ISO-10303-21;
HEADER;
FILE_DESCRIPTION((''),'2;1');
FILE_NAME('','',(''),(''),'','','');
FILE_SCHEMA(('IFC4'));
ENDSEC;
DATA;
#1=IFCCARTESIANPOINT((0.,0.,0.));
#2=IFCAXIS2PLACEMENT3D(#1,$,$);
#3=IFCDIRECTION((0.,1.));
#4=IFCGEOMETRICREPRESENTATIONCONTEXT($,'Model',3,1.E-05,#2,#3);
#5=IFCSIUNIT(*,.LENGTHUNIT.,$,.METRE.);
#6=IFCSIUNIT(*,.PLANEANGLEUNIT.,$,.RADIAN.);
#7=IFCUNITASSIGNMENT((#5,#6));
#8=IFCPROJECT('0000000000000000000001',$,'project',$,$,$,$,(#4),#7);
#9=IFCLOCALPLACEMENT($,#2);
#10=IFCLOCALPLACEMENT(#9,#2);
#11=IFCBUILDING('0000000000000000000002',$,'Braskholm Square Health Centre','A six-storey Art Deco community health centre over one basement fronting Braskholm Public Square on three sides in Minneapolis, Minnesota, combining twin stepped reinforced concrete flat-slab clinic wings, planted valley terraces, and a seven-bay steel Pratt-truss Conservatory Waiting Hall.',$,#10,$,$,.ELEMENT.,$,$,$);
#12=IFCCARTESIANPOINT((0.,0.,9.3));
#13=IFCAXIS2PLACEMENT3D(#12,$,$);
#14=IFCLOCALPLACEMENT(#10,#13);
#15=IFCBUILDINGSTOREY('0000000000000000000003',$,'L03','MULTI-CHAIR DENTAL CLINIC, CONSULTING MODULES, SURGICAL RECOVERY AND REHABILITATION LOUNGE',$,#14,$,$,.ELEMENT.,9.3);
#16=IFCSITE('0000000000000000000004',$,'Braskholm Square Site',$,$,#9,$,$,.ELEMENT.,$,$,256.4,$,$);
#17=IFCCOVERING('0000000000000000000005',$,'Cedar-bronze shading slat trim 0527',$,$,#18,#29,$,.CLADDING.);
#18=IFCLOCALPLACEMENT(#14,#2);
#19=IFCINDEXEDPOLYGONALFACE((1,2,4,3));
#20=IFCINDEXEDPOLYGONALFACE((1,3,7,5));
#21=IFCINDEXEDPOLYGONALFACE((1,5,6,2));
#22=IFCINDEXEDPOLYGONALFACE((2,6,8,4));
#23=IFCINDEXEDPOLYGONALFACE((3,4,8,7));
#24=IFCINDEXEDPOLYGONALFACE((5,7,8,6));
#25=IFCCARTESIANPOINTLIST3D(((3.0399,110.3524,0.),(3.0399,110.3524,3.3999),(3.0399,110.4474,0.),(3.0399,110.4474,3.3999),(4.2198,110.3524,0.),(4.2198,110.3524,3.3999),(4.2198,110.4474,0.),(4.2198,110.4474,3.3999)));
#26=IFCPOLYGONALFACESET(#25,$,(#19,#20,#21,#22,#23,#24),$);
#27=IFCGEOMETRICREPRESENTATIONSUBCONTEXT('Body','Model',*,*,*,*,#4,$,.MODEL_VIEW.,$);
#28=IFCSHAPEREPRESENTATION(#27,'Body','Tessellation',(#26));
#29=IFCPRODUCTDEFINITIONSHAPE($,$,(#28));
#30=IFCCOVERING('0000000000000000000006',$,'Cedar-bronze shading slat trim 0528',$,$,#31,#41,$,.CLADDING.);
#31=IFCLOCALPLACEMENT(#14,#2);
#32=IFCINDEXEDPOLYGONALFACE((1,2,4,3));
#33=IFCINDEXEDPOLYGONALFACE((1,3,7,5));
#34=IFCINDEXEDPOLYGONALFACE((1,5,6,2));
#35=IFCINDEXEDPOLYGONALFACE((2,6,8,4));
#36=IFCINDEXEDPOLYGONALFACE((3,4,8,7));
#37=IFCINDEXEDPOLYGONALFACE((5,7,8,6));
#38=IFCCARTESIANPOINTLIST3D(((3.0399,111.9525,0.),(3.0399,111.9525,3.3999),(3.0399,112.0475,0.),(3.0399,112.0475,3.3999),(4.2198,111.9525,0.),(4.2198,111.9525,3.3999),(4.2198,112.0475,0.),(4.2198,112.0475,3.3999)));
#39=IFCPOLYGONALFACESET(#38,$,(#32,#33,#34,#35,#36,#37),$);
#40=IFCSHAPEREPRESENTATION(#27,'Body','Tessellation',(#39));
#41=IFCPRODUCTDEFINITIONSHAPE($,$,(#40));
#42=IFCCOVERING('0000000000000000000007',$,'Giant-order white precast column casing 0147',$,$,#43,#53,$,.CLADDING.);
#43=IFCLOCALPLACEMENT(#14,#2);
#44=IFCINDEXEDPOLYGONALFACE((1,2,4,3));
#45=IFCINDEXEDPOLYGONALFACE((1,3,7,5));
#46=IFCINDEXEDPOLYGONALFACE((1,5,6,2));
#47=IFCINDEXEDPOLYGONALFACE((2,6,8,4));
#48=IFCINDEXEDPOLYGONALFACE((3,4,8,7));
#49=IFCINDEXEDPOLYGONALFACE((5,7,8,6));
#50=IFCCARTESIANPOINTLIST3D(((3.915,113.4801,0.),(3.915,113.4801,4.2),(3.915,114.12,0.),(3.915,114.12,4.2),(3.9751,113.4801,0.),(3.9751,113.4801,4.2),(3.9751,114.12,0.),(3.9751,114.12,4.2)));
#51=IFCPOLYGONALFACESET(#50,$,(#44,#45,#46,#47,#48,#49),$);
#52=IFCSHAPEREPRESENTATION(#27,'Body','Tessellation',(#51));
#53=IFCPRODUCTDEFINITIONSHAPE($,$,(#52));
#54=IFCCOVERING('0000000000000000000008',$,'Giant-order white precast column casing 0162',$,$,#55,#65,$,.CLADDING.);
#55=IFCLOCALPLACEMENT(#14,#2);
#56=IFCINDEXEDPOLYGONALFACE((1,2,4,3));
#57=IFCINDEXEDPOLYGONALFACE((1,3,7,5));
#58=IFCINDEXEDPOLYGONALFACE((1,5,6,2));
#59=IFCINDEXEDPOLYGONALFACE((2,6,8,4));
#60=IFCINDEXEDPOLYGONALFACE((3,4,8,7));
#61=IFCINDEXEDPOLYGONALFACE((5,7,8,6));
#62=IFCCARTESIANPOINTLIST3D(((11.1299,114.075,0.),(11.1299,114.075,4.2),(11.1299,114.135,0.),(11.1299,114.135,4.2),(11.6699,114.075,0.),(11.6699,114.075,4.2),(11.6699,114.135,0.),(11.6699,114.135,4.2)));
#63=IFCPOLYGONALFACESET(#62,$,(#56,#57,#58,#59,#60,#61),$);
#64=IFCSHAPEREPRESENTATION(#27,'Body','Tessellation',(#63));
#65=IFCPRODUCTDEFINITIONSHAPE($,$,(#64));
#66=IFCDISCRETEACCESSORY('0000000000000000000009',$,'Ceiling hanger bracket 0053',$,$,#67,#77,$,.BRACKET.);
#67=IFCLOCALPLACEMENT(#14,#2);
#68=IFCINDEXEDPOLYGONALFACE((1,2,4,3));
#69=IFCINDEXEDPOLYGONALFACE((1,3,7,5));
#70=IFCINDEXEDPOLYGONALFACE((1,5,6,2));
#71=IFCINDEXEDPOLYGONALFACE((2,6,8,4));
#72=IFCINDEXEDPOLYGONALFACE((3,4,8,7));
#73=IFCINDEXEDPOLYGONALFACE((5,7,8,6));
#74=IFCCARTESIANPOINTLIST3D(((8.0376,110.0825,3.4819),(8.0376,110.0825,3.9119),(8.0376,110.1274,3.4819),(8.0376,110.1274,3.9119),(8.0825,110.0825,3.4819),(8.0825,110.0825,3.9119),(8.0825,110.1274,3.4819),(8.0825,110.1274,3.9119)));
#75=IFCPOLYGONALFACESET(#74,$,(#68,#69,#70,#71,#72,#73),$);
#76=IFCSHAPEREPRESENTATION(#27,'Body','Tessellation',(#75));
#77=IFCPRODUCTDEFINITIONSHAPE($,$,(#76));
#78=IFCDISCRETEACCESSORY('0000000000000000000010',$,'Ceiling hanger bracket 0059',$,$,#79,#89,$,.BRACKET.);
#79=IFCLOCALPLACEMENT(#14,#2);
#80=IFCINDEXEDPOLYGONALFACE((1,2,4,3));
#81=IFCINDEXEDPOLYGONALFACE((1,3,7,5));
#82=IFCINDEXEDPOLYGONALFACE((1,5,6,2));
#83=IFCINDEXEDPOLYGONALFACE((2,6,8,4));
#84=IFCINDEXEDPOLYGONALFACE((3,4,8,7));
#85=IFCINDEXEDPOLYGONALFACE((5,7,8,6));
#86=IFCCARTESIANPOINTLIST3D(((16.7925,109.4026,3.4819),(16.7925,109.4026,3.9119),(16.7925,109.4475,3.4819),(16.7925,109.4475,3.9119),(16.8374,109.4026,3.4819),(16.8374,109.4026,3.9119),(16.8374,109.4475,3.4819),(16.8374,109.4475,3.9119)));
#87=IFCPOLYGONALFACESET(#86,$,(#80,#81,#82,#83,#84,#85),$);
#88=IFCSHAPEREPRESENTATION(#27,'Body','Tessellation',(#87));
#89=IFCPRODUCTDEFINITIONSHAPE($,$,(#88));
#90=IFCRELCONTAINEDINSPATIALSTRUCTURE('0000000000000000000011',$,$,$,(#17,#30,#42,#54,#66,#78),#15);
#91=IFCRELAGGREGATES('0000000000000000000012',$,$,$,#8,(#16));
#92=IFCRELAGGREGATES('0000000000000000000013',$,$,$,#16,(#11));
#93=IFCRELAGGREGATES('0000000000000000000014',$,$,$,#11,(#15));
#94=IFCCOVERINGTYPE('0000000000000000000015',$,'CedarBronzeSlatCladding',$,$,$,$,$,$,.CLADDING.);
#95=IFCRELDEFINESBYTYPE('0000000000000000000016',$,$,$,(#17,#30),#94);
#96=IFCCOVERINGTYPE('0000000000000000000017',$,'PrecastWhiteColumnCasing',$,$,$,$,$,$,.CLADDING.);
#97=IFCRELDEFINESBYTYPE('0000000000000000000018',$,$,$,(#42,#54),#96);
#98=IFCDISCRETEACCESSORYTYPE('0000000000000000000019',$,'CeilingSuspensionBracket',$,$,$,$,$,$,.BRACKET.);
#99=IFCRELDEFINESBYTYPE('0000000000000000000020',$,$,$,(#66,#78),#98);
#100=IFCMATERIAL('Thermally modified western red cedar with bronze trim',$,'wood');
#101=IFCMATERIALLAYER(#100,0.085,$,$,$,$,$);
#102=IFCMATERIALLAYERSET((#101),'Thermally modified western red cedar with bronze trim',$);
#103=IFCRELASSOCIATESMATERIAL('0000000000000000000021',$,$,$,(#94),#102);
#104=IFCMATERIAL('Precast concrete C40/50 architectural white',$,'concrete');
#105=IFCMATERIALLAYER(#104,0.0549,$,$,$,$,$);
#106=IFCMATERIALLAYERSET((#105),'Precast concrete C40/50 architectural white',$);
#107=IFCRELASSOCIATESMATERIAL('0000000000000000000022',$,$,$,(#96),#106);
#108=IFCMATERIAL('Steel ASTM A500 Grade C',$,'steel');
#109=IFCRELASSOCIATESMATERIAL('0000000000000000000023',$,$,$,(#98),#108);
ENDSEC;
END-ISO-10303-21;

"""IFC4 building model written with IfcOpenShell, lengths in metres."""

from ifc_helpers import new_model, si_unit, direction, frame, origin, origin_2d, place, context, subcontext, project, spatial, rectangle, extrude, material, layer, layer_set, type_object, element, save


model = new_model("IFC4")

# Units and contexts
model_context = context("Model", 3, precision=1e-05, world=origin(), true_north=direction((0.0, 1.0)))
body_context = subcontext(model_context, "Body", "Model", "MODEL_VIEW")
ifc_project = project(units=[si_unit("LENGTHUNIT", "METRE"), si_unit("PLANEANGLEUNIT", "RADIAN")], contexts=[model_context])

# Site, building, storey
site_placement = place(None, origin())
site = spatial("IfcSite", under=ifc_project, at=site_placement, Name="Braskholm Square Site", CompositionType="ELEMENT", RefElevation=256.4)
building_placement = place(site_placement, origin())
building = spatial("IfcBuilding", under=site, at=building_placement, Name="Braskholm Square Health Centre", Description="A six-storey Art Deco community health centre over one basement fronting Braskholm Public Square on three sides in Minneapolis, Minnesota, combining twin stepped reinforced concrete flat-slab clinic wings, planted valley terraces, and a seven-bay steel Pratt-truss Conservatory Waiting Hall.", CompositionType="ELEMENT")
storey_placement = place(building_placement, frame((0.0, 0.0, 9.3)))
storey = spatial("IfcBuildingStorey", under=building, at=storey_placement, Name="L03", Description="MULTI-CHAIR DENTAL CLINIC, CONSULTING MODULES, SURGICAL RECOVERY AND REHABILITATION LOUNGE", CompositionType="ELEMENT", Elevation=9.3)

# Shared definitions
ifc_material_1 = material(Name="Precast concrete C40/50 architectural white", Category="concrete")

# Shared definitions
ifc_material_2 = material(Name="Thermally modified western red cedar with bronze trim", Category="wood")

# Coverings
ifc_layer_1 = layer(ifc_material_2, 0.085)
ifc_layer_set_1 = layer_set([ifc_layer_1], Name="Thermally modified western red cedar with bronze trim")
covering_type_1 = type_object("IfcCoveringType", Name="CedarBronzeSlatCladding", PredefinedType="CLADDING", material=ifc_layer_set_1)
for number, where, z_axis, x_axis, name in (
    (1, (3.6299, 110.3999, 0.0), (0.0, 0.0, 1.0), (1.0, 0.0, 0.0), "Cedar-bronze shading slat trim 0527"),
    (2, (3.6299, 112.0, 0.0), (0.0, 0.0, 1.0), (1.0, 0.0, 0.0), "Cedar-bronze shading slat trim 0528"),
):
    element("IfcCovering", number, at=place(storey_placement, frame(where, z_axis=z_axis, x_axis=x_axis)), inside=storey, type_object=covering_type_1, Name=name, PredefinedType="CLADDING", context=body_context, shape_type="SweptSolid", body=[
        extrude(rectangle(XDim=1.1799, YDim=0.095, at=origin_2d()), origin(), (0.0, 0.0, 1.0), 3.3999),
    ])
ifc_layer_2 = layer(ifc_material_1, 0.0549)
ifc_layer_set_2 = layer_set([ifc_layer_2], Name="Precast concrete C40/50 architectural white")
covering_type_2 = type_object("IfcCoveringType", Name="PrecastWhiteColumnCasing", PredefinedType="CLADDING", material=ifc_layer_set_2)
covering_1_placement = place(storey_placement, frame((3.9451, 113.8, 0.0), z_axis=(0.0, 0.0, 1.0), x_axis=(1.0, 0.0, 0.0)))
element("IfcCovering", 3, at=covering_1_placement, inside=storey, type_object=covering_type_2, Name="Giant-order white precast column casing 0147", PredefinedType="CLADDING", context=body_context, shape_type="SweptSolid", body=[
    extrude(rectangle(XDim=0.0601, YDim=0.6399, at=origin_2d()), origin(), (0.0, 0.0, 1.0), 4.2),
])
covering_2_placement = place(storey_placement, frame((11.3999, 114.105, 0.0), z_axis=(0.0, 0.0, 1.0), x_axis=(1.0, 0.0, 0.0)))
element("IfcCovering", 4, at=covering_2_placement, inside=storey, type_object=covering_type_2, Name="Giant-order white precast column casing 0162", PredefinedType="CLADDING", context=body_context, shape_type="SweptSolid", body=[
    extrude(rectangle(XDim=0.54, YDim=0.0601, at=origin_2d()), origin(), (0.0, 0.0, 1.0), 4.2),
])

# Discrete accessories
ifc_material_3 = material(Name="Steel ASTM A500 Grade C", Category="steel")
discrete_accessory_type = type_object("IfcDiscreteAccessoryType", Name="CeilingSuspensionBracket", PredefinedType="BRACKET", material=ifc_material_3)
for number, where, z_axis, x_axis, name in (
    (5, (8.0601, 110.105, 3.4819), (0.0, 0.0, 1.0), (1.0, 0.0, 0.0), "Ceiling hanger bracket 0053"),
    (6, (16.8149, 109.425, 3.4819), (0.0, 0.0, 1.0), (1.0, 0.0, 0.0), "Ceiling hanger bracket 0059"),
):
    element("IfcDiscreteAccessory", number, at=place(storey_placement, frame(where, z_axis=z_axis, x_axis=x_axis)), inside=storey, type_object=discrete_accessory_type, Name=name, PredefinedType="BRACKET", context=body_context, shape_type="SweptSolid", body=[
        extrude(rectangle(XDim=0.0449, YDim=0.0449, at=origin_2d()), origin(), (0.0, 0.0, 1.0), 0.4299),
    ])

save(model, "model.ifc")
